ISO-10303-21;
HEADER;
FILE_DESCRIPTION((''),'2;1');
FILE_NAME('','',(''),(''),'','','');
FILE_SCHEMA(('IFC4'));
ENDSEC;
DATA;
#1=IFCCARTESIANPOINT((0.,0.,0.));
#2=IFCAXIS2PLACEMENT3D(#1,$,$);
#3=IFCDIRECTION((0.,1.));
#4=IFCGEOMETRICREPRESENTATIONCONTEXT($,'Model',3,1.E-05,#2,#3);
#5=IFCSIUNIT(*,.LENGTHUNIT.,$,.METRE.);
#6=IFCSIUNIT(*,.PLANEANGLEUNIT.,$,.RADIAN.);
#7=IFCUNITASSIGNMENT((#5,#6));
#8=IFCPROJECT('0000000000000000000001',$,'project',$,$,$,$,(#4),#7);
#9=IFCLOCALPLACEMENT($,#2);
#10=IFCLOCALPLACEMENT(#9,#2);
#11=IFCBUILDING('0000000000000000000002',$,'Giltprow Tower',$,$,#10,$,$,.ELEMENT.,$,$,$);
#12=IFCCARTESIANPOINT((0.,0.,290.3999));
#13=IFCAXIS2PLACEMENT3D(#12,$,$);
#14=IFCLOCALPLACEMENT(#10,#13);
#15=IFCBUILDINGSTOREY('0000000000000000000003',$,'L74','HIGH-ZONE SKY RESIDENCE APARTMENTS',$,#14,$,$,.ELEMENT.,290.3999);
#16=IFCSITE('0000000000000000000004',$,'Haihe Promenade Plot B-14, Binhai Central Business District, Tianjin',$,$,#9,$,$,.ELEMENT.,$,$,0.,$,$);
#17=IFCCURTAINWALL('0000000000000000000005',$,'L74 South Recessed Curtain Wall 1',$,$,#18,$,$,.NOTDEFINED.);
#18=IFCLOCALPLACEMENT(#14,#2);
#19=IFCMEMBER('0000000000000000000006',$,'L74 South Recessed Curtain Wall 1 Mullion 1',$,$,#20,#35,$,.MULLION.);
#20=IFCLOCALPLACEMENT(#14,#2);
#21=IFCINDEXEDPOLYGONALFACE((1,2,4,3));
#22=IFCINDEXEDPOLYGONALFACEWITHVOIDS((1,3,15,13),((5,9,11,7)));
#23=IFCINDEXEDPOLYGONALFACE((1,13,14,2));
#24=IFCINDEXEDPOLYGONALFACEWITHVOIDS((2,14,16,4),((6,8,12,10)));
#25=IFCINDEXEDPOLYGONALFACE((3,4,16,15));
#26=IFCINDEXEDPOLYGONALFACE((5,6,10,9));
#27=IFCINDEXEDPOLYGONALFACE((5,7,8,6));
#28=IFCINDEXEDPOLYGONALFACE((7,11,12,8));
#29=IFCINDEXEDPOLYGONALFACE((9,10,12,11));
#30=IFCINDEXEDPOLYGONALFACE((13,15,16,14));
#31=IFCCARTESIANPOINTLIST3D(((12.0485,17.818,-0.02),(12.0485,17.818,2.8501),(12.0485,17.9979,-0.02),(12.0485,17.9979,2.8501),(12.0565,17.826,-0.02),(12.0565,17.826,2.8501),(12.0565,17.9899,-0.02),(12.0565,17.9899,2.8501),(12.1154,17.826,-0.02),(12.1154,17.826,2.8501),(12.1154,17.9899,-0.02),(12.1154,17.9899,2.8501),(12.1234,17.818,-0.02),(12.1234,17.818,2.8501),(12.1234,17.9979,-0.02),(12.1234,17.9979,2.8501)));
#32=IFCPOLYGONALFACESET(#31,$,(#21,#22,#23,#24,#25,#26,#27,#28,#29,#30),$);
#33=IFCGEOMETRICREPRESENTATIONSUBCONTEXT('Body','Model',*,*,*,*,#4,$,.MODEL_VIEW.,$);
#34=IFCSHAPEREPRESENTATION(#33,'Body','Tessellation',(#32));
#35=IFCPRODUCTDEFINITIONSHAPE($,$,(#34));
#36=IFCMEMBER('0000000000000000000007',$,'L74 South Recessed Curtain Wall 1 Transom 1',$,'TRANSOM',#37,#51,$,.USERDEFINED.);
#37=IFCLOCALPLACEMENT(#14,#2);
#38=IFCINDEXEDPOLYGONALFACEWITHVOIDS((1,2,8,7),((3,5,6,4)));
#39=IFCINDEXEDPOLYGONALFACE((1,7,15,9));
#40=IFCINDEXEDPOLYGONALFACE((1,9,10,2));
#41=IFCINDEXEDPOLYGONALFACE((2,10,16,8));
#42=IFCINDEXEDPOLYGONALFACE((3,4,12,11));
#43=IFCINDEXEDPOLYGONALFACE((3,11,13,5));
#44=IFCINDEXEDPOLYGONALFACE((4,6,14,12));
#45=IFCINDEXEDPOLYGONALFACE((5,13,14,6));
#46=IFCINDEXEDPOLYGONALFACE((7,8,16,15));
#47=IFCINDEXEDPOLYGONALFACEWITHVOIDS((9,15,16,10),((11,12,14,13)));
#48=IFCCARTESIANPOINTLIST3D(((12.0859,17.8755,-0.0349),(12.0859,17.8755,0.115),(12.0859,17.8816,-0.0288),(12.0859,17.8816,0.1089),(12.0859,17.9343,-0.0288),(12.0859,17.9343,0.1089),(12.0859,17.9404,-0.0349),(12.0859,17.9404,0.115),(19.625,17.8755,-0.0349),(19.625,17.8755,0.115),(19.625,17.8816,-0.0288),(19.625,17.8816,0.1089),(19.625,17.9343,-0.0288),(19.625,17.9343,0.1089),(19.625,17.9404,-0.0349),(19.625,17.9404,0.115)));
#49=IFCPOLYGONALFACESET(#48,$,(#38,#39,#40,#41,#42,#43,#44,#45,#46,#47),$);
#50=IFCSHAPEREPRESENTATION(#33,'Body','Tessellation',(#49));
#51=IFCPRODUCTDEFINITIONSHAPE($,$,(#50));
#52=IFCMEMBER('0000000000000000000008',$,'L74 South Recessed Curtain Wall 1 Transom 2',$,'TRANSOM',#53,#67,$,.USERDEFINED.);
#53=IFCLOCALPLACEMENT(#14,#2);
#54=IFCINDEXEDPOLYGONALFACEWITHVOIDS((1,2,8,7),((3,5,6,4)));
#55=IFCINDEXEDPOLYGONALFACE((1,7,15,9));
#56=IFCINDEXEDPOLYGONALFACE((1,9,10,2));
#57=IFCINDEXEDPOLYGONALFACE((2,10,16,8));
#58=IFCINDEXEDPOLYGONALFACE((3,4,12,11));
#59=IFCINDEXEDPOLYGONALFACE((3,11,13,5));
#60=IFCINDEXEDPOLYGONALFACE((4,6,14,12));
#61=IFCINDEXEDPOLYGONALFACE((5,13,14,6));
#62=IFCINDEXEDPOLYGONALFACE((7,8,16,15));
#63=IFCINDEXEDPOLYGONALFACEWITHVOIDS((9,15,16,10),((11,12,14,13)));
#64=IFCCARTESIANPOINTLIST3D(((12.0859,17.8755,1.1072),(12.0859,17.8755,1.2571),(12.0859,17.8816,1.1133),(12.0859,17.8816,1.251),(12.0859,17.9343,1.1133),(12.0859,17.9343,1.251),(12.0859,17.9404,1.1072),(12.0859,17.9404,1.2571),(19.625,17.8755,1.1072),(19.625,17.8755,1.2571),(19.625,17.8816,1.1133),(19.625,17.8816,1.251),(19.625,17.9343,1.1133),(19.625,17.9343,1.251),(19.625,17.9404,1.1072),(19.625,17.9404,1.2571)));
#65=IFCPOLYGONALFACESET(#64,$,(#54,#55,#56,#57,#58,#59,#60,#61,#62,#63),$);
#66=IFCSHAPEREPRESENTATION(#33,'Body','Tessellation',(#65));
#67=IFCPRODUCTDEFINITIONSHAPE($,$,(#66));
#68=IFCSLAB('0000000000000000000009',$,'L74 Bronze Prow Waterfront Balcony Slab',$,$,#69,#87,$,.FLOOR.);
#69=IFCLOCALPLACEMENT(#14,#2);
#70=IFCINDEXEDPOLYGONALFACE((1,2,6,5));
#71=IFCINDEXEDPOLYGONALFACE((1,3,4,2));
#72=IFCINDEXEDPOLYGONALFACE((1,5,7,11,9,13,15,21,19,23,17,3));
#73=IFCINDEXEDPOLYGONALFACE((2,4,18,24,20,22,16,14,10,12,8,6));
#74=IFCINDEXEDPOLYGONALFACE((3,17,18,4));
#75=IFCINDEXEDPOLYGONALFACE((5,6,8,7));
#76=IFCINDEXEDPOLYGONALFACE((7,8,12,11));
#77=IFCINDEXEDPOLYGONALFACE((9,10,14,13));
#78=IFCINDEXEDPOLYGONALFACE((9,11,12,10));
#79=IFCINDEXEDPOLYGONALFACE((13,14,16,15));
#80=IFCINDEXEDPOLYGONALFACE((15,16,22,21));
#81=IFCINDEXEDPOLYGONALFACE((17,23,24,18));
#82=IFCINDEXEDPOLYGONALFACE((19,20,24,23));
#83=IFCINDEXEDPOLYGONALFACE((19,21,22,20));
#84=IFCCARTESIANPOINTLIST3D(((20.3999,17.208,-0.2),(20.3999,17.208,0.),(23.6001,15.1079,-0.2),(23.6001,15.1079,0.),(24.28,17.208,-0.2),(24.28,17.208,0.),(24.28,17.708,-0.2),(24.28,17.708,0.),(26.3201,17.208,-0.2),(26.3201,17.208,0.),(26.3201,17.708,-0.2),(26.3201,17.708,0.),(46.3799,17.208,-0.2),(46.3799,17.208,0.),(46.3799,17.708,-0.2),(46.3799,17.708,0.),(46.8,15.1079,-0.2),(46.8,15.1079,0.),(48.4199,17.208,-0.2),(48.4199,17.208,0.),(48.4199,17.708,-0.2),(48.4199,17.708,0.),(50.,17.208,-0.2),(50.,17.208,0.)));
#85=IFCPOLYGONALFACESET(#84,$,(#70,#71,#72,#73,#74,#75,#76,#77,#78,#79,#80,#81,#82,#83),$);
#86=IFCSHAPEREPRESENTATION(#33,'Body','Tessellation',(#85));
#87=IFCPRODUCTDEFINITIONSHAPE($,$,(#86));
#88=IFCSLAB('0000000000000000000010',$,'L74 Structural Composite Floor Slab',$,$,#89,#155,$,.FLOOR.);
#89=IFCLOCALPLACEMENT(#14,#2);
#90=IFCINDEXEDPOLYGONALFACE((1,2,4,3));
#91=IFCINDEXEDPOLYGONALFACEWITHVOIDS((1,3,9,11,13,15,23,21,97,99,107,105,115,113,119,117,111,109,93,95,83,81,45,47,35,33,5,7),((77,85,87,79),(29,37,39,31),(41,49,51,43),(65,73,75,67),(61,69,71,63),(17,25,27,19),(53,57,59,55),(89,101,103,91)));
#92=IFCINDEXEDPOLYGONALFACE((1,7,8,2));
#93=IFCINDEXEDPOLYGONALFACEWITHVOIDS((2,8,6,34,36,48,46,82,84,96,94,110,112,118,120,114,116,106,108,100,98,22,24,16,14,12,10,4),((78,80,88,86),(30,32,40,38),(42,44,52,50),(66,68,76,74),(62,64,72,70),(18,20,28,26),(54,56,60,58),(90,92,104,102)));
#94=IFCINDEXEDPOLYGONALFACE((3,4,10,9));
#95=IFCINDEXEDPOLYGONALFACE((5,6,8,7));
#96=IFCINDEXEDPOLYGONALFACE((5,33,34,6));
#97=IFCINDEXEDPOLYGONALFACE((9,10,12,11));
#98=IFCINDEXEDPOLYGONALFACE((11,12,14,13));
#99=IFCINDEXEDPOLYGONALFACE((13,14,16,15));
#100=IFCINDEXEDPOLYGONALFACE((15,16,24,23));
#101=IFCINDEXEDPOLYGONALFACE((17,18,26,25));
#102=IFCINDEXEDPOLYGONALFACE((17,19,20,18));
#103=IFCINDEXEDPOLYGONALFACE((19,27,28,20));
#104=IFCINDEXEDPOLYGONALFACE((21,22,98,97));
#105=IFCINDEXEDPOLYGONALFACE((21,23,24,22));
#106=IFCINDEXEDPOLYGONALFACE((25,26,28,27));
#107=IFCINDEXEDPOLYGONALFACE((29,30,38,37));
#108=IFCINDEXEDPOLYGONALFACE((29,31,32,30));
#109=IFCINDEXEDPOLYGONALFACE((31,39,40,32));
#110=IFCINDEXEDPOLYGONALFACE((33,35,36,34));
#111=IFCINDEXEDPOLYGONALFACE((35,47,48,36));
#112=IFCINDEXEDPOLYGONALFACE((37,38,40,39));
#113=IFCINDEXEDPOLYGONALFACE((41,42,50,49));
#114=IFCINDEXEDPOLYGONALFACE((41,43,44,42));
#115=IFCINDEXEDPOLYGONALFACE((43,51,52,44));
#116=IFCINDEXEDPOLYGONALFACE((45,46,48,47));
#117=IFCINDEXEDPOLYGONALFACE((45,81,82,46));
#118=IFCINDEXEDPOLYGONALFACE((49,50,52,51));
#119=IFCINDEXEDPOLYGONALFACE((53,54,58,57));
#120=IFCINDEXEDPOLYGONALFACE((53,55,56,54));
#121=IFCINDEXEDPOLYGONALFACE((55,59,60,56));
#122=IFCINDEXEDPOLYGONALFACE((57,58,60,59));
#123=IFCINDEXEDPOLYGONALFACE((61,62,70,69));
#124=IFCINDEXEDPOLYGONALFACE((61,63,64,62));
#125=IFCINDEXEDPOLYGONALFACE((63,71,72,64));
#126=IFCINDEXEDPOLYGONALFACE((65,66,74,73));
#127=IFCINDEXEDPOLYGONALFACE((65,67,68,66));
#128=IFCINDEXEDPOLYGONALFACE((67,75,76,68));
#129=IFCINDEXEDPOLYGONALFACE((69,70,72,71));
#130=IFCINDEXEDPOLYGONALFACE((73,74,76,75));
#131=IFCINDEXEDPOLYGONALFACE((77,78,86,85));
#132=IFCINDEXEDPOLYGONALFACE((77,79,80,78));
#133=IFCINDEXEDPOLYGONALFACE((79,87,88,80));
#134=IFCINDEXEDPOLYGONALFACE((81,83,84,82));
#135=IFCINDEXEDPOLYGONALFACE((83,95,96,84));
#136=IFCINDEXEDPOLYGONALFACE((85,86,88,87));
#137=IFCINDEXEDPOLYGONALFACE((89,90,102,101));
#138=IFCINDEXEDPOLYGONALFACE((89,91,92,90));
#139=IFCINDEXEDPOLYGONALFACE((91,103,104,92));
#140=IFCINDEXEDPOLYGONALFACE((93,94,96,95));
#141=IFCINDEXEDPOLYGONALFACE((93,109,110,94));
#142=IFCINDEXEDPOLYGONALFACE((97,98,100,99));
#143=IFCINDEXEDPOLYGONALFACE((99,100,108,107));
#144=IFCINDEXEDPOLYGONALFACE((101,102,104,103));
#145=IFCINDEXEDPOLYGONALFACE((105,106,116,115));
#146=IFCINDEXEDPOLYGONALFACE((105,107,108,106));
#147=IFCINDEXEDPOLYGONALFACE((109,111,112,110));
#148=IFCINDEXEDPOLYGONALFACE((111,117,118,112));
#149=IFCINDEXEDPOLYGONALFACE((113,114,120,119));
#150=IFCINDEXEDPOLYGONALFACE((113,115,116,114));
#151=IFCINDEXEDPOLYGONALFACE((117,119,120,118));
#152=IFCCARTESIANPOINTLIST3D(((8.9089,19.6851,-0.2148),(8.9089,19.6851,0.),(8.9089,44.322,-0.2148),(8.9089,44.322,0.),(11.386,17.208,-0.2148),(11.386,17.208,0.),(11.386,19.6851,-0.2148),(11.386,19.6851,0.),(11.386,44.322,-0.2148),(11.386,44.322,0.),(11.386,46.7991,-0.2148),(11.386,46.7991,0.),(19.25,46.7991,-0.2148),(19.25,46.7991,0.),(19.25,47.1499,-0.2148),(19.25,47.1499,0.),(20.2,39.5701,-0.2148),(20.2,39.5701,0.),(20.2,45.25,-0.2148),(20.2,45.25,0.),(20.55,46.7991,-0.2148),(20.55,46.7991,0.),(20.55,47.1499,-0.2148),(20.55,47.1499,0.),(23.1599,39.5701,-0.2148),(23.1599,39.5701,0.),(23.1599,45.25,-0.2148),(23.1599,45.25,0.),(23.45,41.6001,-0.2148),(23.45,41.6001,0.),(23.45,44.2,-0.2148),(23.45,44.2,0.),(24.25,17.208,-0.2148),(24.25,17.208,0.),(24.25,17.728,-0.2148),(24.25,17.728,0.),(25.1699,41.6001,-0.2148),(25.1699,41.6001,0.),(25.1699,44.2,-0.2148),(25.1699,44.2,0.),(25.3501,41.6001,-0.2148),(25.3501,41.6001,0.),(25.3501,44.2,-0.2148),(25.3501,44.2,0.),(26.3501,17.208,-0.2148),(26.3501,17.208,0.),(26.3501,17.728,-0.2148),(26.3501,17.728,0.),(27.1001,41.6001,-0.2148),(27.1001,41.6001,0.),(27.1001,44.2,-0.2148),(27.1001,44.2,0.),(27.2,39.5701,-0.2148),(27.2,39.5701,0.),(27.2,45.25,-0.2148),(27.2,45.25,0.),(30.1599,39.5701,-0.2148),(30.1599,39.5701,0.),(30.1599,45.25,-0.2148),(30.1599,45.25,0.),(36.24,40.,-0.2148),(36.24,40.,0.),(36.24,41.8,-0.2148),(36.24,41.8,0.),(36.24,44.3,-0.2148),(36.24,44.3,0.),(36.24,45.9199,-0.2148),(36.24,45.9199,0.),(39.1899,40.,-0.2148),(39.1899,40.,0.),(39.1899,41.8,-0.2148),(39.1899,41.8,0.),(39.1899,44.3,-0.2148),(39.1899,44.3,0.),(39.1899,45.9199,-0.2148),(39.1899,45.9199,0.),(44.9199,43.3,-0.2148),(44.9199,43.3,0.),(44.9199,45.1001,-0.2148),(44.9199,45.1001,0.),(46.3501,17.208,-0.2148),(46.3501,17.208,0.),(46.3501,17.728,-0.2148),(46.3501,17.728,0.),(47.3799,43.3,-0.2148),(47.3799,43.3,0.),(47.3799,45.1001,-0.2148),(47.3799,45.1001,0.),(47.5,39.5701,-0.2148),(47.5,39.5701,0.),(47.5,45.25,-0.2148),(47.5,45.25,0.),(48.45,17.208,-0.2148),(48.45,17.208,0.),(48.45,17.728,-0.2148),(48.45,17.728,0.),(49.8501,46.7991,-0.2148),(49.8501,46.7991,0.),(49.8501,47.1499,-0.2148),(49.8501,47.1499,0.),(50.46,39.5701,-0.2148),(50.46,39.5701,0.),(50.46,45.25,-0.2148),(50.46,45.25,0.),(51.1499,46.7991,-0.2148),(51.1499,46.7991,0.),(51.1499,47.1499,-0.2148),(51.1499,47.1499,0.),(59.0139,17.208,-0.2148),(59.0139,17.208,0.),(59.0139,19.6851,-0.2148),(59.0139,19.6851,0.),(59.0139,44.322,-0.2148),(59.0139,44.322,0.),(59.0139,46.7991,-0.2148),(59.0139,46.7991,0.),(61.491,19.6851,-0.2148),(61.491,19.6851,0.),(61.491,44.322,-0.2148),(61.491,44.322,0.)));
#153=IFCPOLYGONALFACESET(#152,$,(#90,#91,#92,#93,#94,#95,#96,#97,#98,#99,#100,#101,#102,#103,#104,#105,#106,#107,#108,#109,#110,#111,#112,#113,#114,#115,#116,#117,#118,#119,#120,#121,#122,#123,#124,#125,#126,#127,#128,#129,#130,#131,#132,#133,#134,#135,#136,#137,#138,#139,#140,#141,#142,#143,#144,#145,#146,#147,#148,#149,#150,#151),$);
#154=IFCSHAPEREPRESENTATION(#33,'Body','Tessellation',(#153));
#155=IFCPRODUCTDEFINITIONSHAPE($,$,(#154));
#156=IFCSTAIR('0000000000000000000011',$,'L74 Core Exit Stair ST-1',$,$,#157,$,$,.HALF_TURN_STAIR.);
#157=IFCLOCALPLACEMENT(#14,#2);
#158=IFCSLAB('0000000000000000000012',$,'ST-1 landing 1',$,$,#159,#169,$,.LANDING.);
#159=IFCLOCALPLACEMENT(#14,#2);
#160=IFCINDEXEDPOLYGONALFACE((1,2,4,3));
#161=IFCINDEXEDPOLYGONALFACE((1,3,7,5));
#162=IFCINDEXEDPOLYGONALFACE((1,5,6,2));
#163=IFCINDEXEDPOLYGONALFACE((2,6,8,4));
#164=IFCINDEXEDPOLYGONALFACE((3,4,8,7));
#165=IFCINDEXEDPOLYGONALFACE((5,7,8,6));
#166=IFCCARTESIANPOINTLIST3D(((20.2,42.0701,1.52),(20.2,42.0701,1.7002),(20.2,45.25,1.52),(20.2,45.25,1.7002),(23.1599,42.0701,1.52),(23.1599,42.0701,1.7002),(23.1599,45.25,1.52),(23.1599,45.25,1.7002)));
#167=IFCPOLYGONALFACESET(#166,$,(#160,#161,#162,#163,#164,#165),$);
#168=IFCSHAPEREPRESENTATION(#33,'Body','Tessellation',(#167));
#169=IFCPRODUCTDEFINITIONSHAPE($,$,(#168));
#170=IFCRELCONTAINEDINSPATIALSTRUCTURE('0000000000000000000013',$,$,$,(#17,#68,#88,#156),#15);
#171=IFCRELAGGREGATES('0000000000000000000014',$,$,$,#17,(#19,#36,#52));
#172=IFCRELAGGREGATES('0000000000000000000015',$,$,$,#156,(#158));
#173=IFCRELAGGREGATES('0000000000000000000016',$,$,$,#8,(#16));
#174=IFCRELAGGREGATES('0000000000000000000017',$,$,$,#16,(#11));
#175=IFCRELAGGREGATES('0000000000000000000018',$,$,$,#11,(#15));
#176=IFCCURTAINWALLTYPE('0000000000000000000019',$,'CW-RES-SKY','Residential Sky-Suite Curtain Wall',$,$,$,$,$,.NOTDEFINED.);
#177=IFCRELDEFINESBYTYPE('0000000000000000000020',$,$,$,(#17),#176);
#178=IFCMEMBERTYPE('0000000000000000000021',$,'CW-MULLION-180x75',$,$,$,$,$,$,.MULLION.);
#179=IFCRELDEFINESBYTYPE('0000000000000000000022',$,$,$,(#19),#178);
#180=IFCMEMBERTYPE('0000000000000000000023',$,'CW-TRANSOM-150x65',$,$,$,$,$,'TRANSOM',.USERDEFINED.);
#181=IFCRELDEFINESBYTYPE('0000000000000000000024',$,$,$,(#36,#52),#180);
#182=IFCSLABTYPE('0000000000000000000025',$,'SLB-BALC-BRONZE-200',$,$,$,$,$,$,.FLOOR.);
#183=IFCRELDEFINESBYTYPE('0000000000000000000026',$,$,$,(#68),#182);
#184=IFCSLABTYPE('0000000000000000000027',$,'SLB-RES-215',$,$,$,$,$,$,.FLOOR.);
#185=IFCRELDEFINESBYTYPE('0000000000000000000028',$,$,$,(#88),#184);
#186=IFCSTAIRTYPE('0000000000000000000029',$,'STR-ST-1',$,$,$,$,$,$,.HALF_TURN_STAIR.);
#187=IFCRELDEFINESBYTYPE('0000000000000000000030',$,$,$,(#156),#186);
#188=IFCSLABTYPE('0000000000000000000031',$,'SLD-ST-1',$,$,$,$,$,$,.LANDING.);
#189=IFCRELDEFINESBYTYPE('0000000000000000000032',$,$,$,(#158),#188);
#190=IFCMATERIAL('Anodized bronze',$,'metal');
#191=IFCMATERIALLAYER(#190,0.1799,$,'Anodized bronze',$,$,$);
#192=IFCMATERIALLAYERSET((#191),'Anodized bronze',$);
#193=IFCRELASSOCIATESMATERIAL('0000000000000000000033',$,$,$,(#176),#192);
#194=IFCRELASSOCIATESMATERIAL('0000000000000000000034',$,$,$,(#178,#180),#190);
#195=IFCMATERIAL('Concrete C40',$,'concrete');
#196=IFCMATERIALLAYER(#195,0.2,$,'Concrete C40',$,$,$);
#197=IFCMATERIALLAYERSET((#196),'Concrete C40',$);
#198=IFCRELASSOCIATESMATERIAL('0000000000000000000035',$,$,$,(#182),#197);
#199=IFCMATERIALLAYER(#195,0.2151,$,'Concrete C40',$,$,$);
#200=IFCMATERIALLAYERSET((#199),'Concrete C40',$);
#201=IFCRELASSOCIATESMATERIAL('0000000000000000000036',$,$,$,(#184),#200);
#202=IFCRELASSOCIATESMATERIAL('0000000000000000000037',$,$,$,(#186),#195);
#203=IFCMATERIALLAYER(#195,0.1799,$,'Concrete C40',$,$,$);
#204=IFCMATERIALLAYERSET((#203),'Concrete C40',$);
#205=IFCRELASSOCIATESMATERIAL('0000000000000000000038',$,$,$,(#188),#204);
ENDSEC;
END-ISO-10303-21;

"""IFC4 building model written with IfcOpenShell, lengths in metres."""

from ifc_helpers import new_model, si_unit, direction, frame, origin, origin_2d, place, context, subcontext, project, spatial, polyline, hollow_rectangle, outline, extrude, source, transform, mapped, material, layer, layer_set, material_profile, profile_set, type_object, element, aggregate, save


model = new_model("IFC4")

# Units and contexts
model_context = context("Model", 3, precision=1e-05, world=origin(), true_north=direction((0.0, 1.0)))
body_context = subcontext(model_context, "Body", "Model", "MODEL_VIEW")
ifc_project = project(units=[si_unit("LENGTHUNIT", "METRE"), si_unit("PLANEANGLEUNIT", "RADIAN")], contexts=[model_context])

# Site, building, storey
site_placement = place(None, origin())
site = spatial("IfcSite", under=ifc_project, at=site_placement, Name="Haihe Promenade Plot B-14, Binhai Central Business District, Tianjin", CompositionType="ELEMENT", RefElevation=0.0)
building_placement = place(site_placement, origin())
building = spatial("IfcBuilding", under=site, at=building_placement, Name="Giltprow Tower", CompositionType="ELEMENT")
storey_placement = place(building_placement, frame((0.0, 0.0, 290.3999)))
storey = spatial("IfcBuildingStorey", under=building, at=storey_placement, Name="L74", Description="HIGH-ZONE SKY RESIDENCE APARTMENTS", CompositionType="ELEMENT", Elevation=290.3999)

# Curtain wall, members
ifc_material_1 = material(Name="Anodized bronze", Category="metal")
ifc_layer_1 = layer(ifc_material_1, 0.1799, Name="Anodized bronze")
ifc_layer_set_1 = layer_set([ifc_layer_1], Name="Anodized bronze")
curtain_wall_type = type_object("IfcCurtainWallType", Name="CW-RES-SKY", Description="Residential Sky-Suite Curtain Wall", PredefinedType="NOTDEFINED", material=ifc_layer_set_1)
curtain_wall_placement = place(storey_placement, origin())
curtain_wall = element("IfcCurtainWall", 1, at=curtain_wall_placement, inside=storey, type_object=curtain_wall_type, Name="L74 South Recessed Curtain Wall 1", PredefinedType="NOTDEFINED")
ifc_material_profile_1 = material_profile(ifc_material_1, hollow_rectangle(XDim=0.075, YDim=0.1799, WallThickness=0.0081, at=origin_2d()), Name="RHS 180x75x8")
ifc_profile_set_1 = profile_set([ifc_material_profile_1], Name="Anodized bronze")
member_type_1 = type_object("IfcMemberType", Name="CW-MULLION-180x75", PredefinedType="MULLION", material=ifc_profile_set_1)
shared_shape_1 = source(origin(), body_context, "Body", "SweptSolid", [
    extrude(hollow_rectangle(XDim=0.075, YDim=0.1799, WallThickness=0.0081, at=origin_2d()), origin(), (0.0, 0.0, 1.0), 2.8701),
])
member_1_placement = place(storey_placement, frame((12.0859, 17.908, -0.02), z_axis=(0.0, 0.0, 1.0), x_axis=(1.0, 0.0, 0.0)))
member_1 = element("IfcMember", 2, at=member_1_placement, type_object=member_type_1, Name="L74 South Recessed Curtain Wall 1 Mullion 1", PredefinedType="MULLION", context=body_context, shape_type="MappedRepresentation", body=[
    mapped(shared_shape_1, transform((0.0, 0.0, 0.0), x_axis=(1.0, 0.0, 0.0), y_axis=(0.0, 1.0, 0.0), z_axis=(0.0, 0.0, 1.0), scale=1.0)),
])
ifc_material_profile_2 = material_profile(ifc_material_1, hollow_rectangle(XDim=0.0649, YDim=0.1499, WallThickness=0.0061, at=origin_2d()), Name="RHS 150x65x6")
ifc_profile_set_2 = profile_set([ifc_material_profile_2], Name="Anodized bronze")
member_type_2 = type_object("IfcMemberType", Name="CW-TRANSOM-150x65", ElementType="TRANSOM", PredefinedType="USERDEFINED", material=ifc_profile_set_2)
shared_shape_2 = source(origin(), body_context, "Body", "SweptSolid", [
    extrude(hollow_rectangle(XDim=0.0649, YDim=0.1499, WallThickness=0.0061, at=origin_2d()), origin(), (0.0, 0.0, 1.0), 7.5391),
])
member_2_placement = place(storey_placement, frame((12.0859, 17.908, 0.04), z_axis=(1.0, 0.0, 0.0), x_axis=(0.0, 1.0, 0.0)))
member_2 = element("IfcMember", 3, at=member_2_placement, type_object=member_type_2, Name="L74 South Recessed Curtain Wall 1 Transom 1", ObjectType="TRANSOM", PredefinedType="USERDEFINED", context=body_context, shape_type="MappedRepresentation", body=[
    mapped(shared_shape_2, transform((0.0, 0.0, 0.0), x_axis=(1.0, 0.0, 0.0), y_axis=(0.0, 1.0, 0.0), z_axis=(0.0, 0.0, 1.0), scale=1.0)),
])
member_3_placement = place(storey_placement, frame((12.0859, 17.908, 1.1821), z_axis=(1.0, 0.0, 0.0), x_axis=(0.0, 1.0, 0.0)))
member_3 = element("IfcMember", 4, at=member_3_placement, type_object=member_type_2, Name="L74 South Recessed Curtain Wall 1 Transom 2", ObjectType="TRANSOM", PredefinedType="USERDEFINED", context=body_context, shape_type="MappedRepresentation", body=[
    mapped(shared_shape_2, transform((0.0, 0.0, 0.0), x_axis=(1.0, 0.0, 0.0), y_axis=(0.0, 1.0, 0.0), z_axis=(0.0, 0.0, 1.0), scale=1.0)),
])
aggregate(curtain_wall, [member_1, member_2, member_3])

# Slabs
ifc_material_2 = material(Name="Concrete C40", Category="concrete")
ifc_layer_2 = layer(ifc_material_2, 0.2, Name="Concrete C40")
ifc_layer_set_2 = layer_set([ifc_layer_2], Name="Concrete C40")
slab_type_1 = type_object("IfcSlabType", Name="SLB-BALC-BRONZE-200", PredefinedType="FLOOR", material=ifc_layer_set_2)
slab_1_placement = place(storey_placement, frame((0.0, 0.0, -0.2)))
element("IfcSlab", 5, at=slab_1_placement, inside=storey, type_object=slab_type_1, Name="L74 Bronze Prow Waterfront Balcony Slab", PredefinedType="FLOOR", context=body_context, shape_type="SweptSolid", body=[
    extrude(outline(polyline([(50.0, 17.208), (46.8, 15.1079), (23.6001, 15.1079), (20.3999, 17.208), (24.28, 17.208), (24.28, 17.708), (26.3201, 17.708), (26.3201, 17.208), (46.3799, 17.208), (46.3799, 17.708), (48.4199, 17.708), (48.4199, 17.208), (50.0, 17.208)])), origin(), (0.0, 0.0, 1.0), 0.2),
])
ifc_layer_3 = layer(ifc_material_2, 0.2151, Name="Concrete C40")
ifc_layer_set_3 = layer_set([ifc_layer_3], Name="Concrete C40")
slab_type_2 = type_object("IfcSlabType", Name="SLB-RES-215", PredefinedType="FLOOR", material=ifc_layer_set_3)
slab_2_placement = place(storey_placement, frame((0.0, 0.0, -0.2148)))
element("IfcSlab", 6, at=slab_2_placement, inside=storey, type_object=slab_type_2, Name="L74 Structural Composite Floor Slab", PredefinedType="FLOOR", context=body_context, shape_type="SweptSolid", body=[
    extrude(outline(polyline([(61.491, 44.322), (61.491, 19.6851), (59.0139, 19.6851), (59.0139, 17.208), (48.45, 17.208), (48.45, 17.728), (46.3501, 17.728), (46.3501, 17.208), (26.3501, 17.208), (26.3501, 17.728), (24.25, 17.728), (24.25, 17.208), (11.386, 17.208), (11.386, 19.6851), (8.9089, 19.6851), (8.9089, 44.322), (11.386, 44.322), (11.386, 46.7991), (19.25, 46.7991), (19.25, 47.1499), (20.55, 47.1499), (20.55, 46.7991), (49.8501, 46.7991), (49.8501, 47.1499), (51.1499, 47.1499), (51.1499, 46.7991), (59.0139, 46.7991), (59.0139, 44.322), (61.491, 44.322)]), holes=[polyline([(39.1899, 41.8), (36.24, 41.8), (36.24, 40.0), (39.1899, 40.0), (39.1899, 41.8)]), polyline([(23.1599, 39.5701), (23.1599, 45.25), (20.2, 45.25), (20.2, 39.5701), (23.1599, 39.5701)]), polyline([(30.1599, 39.5701), (30.1599, 45.25), (27.2, 45.25), (27.2, 39.5701), (30.1599, 39.5701)]), polyline([(50.46, 45.25), (47.5, 45.25), (47.5, 39.5701), (50.46, 39.5701), (50.46, 45.25)]), polyline([(25.1699, 44.2), (23.45, 44.2), (23.45, 41.6001), (25.1699, 41.6001), (25.1699, 44.2)]), polyline([(27.1001, 44.2), (25.3501, 44.2), (25.3501, 41.6001), (27.1001, 41.6001), (27.1001, 44.2)]), polyline([(47.3799, 43.3), (47.3799, 45.1001), (44.9199, 45.1001), (44.9199, 43.3), (47.3799, 43.3)]), polyline([(39.1899, 44.3), (39.1899, 45.9199), (36.24, 45.9199), (36.24, 44.3), (39.1899, 44.3)])]), origin(), (0.0, 0.0, 1.0), 0.2148),
])

# Stair, slab
stair_type_1 = type_object("IfcStairType", Name="STR-ST-1", PredefinedType="HALF_TURN_STAIR", material=ifc_material_2)
stair_1_placement = place(storey_placement, origin())
stair_1 = element("IfcStair", 7, at=stair_1_placement, inside=storey, type_object=stair_type_1, Name="L74 Core Exit Stair ST-1", PredefinedType="HALF_TURN_STAIR")
ifc_layer_4 = layer(ifc_material_2, 0.1799, Name="Concrete C40")
ifc_layer_set_4 = layer_set([ifc_layer_4], Name="Concrete C40")
slab_type_3 = type_object("IfcSlabType", Name="SLD-ST-1", PredefinedType="LANDING", material=ifc_layer_set_4)
slab_3_placement = place(storey_placement, frame((0.0, 0.0, 1.52)))
slab_3 = element("IfcSlab", 8, at=slab_3_placement, type_object=slab_type_3, Name="ST-1 landing 1", PredefinedType="LANDING", context=body_context, shape_type="SweptSolid", body=[
    extrude(outline(polyline([(23.1599, 42.0701), (23.1599, 45.25), (20.2, 45.25), (20.2, 42.0701), (23.1599, 42.0701)])), origin(), (0.0, 0.0, 1.0), 0.1802),
])
aggregate(stair_1, [slab_3])

save(model, "model.ifc")
